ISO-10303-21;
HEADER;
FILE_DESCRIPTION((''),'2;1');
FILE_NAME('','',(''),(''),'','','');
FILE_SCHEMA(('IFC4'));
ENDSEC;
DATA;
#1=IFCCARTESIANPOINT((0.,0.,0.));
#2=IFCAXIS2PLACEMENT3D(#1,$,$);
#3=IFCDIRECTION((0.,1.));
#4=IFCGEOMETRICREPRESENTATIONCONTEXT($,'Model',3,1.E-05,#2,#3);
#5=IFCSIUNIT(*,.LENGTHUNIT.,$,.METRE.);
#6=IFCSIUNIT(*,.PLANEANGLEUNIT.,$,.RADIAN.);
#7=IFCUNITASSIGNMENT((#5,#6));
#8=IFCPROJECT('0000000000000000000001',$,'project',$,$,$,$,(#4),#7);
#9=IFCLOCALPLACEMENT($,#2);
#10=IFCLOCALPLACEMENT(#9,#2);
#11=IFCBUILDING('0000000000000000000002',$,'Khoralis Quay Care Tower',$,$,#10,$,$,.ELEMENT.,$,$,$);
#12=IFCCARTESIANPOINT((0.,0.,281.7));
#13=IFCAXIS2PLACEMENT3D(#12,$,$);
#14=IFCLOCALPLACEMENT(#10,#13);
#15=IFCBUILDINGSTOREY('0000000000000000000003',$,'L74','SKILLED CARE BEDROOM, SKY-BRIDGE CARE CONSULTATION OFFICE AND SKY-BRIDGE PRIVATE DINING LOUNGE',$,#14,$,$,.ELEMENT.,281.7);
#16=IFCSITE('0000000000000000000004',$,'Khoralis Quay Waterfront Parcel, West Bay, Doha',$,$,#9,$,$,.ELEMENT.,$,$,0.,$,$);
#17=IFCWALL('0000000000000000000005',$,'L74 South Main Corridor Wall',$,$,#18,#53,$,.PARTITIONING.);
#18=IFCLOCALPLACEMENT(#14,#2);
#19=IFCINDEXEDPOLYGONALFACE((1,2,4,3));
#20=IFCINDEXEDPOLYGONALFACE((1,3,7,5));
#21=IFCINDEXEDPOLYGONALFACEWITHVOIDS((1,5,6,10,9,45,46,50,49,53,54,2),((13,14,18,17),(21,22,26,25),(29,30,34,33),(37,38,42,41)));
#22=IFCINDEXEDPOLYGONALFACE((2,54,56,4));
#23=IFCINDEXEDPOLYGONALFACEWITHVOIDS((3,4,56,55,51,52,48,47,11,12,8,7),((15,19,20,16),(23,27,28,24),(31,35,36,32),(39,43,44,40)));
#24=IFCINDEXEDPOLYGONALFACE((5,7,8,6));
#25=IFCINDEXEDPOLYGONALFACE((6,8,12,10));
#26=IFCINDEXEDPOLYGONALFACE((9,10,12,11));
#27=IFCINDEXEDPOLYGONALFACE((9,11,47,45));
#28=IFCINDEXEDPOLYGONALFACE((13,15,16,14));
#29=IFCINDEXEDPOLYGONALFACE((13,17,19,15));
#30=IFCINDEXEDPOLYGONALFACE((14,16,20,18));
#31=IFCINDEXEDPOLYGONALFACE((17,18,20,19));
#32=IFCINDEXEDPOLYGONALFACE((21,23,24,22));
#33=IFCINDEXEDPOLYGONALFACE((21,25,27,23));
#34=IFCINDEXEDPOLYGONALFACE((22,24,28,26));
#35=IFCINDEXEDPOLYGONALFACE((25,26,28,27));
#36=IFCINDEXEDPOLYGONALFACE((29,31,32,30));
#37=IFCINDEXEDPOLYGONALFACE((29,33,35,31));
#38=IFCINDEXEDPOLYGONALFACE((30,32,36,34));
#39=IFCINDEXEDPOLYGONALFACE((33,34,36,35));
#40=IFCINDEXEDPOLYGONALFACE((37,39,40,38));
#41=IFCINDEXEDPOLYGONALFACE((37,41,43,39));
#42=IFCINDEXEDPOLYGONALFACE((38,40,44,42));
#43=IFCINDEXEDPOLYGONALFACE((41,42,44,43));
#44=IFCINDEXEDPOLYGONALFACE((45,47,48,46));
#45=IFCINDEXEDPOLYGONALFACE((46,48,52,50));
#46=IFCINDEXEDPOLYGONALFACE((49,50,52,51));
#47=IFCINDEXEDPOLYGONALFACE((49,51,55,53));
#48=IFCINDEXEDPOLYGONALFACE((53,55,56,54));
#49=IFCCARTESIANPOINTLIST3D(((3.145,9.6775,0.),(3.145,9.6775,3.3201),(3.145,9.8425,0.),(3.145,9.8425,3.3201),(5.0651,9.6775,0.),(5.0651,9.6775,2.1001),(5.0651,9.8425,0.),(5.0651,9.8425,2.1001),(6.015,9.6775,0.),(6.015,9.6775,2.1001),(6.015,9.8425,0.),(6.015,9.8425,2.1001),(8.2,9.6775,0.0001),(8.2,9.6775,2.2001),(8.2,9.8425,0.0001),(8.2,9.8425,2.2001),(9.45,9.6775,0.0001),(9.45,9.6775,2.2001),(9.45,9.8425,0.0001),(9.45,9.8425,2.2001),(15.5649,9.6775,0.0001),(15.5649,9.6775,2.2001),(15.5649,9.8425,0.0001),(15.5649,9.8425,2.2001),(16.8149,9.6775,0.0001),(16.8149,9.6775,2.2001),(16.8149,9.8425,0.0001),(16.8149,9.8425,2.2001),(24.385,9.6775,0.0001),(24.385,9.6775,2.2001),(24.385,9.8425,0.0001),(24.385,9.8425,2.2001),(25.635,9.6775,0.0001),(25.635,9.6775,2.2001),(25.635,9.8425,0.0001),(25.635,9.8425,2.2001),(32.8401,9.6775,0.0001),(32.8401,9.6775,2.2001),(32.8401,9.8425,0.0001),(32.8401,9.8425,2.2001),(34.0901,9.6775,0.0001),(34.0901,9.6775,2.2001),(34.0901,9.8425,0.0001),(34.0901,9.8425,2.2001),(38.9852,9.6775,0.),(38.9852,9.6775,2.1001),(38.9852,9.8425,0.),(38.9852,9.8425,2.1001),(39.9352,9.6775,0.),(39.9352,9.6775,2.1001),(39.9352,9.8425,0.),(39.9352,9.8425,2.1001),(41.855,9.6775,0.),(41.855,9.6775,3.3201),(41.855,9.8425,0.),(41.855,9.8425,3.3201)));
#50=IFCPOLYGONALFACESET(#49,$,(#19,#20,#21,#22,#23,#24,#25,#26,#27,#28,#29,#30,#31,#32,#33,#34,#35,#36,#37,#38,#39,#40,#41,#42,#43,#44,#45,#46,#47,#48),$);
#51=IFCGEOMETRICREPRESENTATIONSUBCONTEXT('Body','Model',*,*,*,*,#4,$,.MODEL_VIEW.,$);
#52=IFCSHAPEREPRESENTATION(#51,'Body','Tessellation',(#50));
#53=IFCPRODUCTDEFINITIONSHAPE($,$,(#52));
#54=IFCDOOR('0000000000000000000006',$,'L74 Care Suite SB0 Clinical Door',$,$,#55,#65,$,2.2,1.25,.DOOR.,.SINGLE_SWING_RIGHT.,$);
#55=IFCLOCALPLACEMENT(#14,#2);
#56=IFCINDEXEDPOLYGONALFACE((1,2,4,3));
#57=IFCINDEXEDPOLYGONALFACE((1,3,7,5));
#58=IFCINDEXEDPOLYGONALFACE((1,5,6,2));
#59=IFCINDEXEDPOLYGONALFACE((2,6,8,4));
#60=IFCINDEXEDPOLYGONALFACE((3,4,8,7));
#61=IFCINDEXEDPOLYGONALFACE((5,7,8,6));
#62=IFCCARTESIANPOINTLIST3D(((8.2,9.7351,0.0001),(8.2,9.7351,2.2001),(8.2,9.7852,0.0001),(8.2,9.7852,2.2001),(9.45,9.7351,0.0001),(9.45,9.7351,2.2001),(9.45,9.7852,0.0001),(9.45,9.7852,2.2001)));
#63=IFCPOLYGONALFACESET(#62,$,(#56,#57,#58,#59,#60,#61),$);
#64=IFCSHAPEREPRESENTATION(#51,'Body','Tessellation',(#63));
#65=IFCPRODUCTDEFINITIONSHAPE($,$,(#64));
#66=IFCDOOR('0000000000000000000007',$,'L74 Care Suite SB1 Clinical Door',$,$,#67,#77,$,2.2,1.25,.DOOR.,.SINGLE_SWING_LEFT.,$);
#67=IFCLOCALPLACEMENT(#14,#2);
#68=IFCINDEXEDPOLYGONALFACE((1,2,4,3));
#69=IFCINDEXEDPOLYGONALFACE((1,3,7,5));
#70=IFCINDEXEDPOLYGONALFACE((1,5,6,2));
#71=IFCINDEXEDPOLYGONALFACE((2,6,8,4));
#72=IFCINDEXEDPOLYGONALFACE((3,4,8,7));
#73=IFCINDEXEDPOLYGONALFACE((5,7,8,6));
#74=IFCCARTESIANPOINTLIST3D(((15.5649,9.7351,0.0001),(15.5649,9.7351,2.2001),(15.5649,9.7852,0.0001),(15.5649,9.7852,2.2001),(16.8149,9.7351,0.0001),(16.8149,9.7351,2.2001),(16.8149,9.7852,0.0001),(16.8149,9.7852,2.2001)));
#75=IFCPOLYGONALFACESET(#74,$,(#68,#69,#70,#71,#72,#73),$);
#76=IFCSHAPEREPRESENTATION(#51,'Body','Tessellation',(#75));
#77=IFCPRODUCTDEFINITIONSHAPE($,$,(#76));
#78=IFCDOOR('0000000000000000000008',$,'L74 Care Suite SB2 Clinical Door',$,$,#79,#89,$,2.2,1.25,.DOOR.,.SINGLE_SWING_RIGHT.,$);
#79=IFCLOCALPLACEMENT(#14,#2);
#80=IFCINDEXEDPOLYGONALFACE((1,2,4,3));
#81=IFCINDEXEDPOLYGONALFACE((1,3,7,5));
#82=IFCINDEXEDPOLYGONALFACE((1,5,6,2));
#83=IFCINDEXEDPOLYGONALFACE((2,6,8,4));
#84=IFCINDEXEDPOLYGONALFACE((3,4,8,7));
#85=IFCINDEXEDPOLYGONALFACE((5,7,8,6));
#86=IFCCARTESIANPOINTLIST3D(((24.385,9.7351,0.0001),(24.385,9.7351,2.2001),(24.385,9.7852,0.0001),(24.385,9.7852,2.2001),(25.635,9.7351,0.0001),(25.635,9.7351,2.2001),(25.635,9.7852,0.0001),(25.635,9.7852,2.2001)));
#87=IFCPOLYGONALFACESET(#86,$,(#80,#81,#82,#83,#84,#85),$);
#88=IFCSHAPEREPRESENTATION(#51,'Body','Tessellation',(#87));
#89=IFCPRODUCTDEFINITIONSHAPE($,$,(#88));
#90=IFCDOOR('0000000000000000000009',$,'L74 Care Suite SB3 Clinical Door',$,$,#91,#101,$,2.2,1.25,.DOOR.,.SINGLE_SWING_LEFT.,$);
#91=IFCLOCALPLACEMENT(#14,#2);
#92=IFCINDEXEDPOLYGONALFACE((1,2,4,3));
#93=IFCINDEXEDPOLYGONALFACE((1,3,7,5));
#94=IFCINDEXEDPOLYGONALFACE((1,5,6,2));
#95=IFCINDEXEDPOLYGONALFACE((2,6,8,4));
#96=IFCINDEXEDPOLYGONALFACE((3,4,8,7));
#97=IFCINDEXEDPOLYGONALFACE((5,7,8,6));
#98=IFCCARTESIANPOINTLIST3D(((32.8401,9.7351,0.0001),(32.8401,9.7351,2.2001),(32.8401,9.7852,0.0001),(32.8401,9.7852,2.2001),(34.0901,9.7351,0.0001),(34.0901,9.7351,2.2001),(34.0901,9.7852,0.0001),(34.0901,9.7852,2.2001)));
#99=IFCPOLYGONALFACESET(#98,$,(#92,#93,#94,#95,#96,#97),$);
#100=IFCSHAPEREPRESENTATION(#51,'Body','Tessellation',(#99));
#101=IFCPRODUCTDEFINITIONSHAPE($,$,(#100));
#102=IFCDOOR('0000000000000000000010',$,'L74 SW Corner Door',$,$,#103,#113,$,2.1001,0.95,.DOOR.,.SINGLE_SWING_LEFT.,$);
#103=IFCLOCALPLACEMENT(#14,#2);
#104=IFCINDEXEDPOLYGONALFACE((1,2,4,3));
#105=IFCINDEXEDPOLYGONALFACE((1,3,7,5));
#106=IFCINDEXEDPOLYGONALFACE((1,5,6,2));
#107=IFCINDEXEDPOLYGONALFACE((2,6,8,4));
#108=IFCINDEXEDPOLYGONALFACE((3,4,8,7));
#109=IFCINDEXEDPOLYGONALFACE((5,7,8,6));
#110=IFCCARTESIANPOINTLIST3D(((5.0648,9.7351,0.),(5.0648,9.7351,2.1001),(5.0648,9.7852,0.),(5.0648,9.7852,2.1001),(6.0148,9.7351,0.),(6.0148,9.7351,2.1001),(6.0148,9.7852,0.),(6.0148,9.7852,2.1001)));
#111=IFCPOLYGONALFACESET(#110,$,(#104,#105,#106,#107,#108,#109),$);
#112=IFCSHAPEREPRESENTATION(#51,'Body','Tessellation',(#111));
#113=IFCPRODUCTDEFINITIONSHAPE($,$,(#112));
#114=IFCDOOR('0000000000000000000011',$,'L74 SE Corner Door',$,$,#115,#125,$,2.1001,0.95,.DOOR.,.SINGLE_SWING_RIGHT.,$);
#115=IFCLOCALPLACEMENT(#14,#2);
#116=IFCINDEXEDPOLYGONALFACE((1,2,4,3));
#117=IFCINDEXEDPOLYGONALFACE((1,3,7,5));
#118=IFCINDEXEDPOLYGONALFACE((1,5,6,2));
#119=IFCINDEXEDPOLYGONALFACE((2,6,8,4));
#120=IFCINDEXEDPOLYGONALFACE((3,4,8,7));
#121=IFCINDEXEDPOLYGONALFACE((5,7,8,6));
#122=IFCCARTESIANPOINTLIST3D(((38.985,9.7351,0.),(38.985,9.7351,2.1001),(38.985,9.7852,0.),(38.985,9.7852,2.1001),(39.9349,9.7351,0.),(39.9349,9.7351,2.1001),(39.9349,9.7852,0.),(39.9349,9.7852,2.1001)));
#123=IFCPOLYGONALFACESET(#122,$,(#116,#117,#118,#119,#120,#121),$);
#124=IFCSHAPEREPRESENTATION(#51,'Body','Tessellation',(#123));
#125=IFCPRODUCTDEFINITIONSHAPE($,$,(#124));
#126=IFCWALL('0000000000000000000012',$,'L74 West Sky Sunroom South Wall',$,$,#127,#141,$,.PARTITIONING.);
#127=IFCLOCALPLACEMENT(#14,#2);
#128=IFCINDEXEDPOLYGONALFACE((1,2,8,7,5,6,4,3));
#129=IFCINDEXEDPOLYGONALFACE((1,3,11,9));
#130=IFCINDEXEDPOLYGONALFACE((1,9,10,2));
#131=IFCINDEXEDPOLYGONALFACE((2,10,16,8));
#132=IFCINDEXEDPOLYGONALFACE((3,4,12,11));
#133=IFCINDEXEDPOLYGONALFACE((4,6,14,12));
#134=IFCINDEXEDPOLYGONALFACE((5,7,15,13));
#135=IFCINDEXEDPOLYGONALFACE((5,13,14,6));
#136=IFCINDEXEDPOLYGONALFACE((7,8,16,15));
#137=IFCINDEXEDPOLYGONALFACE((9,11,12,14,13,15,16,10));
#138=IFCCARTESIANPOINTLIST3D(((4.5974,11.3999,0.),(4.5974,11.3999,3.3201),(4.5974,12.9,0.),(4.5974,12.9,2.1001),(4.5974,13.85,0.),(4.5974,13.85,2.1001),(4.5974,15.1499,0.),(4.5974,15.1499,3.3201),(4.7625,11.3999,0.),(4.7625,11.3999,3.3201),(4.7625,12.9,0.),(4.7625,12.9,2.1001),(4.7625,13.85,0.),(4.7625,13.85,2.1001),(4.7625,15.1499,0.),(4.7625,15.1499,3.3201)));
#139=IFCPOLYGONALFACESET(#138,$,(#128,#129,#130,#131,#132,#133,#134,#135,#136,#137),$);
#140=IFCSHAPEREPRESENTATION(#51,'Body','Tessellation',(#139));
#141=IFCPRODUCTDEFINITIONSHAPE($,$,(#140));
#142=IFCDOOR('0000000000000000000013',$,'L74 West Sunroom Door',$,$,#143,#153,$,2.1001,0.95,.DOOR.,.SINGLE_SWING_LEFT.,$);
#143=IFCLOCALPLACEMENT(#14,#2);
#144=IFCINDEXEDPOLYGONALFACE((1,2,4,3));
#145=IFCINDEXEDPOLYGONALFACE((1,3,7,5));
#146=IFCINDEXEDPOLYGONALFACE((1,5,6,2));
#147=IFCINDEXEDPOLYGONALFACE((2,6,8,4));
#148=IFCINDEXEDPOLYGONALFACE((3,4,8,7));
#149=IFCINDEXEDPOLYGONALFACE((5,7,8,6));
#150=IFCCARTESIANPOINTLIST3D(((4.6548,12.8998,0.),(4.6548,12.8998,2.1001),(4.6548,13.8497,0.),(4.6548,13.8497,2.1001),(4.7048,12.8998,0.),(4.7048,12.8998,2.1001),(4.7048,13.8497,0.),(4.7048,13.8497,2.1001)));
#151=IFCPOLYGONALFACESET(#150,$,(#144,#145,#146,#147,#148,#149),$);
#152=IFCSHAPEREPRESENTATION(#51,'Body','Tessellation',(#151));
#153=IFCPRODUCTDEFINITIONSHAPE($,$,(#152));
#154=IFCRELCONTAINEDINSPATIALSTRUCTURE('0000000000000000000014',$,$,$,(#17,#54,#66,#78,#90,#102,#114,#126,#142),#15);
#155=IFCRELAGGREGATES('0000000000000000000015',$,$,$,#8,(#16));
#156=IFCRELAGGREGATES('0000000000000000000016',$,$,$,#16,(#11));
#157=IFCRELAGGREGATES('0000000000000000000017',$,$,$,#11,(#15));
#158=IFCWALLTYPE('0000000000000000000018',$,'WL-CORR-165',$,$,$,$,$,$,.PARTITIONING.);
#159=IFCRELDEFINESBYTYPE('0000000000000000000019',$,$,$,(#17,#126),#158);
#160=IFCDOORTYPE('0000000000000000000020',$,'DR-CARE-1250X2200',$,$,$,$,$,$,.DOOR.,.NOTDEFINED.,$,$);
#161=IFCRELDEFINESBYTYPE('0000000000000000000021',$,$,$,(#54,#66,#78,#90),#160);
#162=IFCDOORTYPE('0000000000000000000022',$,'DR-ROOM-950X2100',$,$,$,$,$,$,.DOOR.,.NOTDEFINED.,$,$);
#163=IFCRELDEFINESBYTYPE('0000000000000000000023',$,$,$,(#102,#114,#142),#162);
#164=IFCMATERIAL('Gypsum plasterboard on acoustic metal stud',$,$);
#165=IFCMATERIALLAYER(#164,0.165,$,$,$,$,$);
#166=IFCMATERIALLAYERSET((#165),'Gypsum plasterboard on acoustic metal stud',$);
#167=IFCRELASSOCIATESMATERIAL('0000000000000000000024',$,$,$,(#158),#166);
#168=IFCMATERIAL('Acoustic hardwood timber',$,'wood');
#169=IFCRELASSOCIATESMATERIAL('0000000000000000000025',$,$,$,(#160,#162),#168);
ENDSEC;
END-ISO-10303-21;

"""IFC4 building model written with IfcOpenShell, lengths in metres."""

from ifc_helpers import new_model, si_unit, direction, frame, frame_2d, origin, place, context, subcontext, project, spatial, rectangle, extrude, source, transform, mapped, material, layer, layer_set, type_object, element, fill, save


model = new_model("IFC4")

# Units and contexts
model_context = context("Model", 3, precision=1e-05, world=origin(), true_north=direction((0.0, 1.0)))
body_context = subcontext(model_context, "Body", "Model", "MODEL_VIEW")
ifc_project = project(units=[si_unit("LENGTHUNIT", "METRE"), si_unit("PLANEANGLEUNIT", "RADIAN")], contexts=[model_context])

# Site, building, storey
site_placement = place(None, origin())
site = spatial("IfcSite", under=ifc_project, at=site_placement, Name="Khoralis Quay Waterfront Parcel, West Bay, Doha", CompositionType="ELEMENT", RefElevation=0.0)
building_placement = place(site_placement, origin())
building = spatial("IfcBuilding", under=site, at=building_placement, Name="Khoralis Quay Care Tower", CompositionType="ELEMENT")
storey_placement = place(building_placement, frame((0.0, 0.0, 281.7)))
storey = spatial("IfcBuildingStorey", under=building, at=storey_placement, Name="L74", Description="SKILLED CARE BEDROOM, SKY-BRIDGE CARE CONSULTATION OFFICE AND SKY-BRIDGE PRIVATE DINING LOUNGE", CompositionType="ELEMENT", Elevation=281.7)

# Wall, openings, doors
ifc_material_1 = material(Name="Gypsum plasterboard on acoustic metal stud")
ifc_layer_1 = layer(ifc_material_1, 0.165)
ifc_layer_set_1 = layer_set([ifc_layer_1], Name="Gypsum plasterboard on acoustic metal stud")
wall_type_1 = type_object("IfcWallType", Name="WL-CORR-165", PredefinedType="PARTITIONING", material=ifc_layer_set_1)
wall_1_placement = place(storey_placement, frame((3.145, 9.76, 0.0), z_axis=(0.0, 0.0, 1.0), x_axis=(1.0, 0.0, 0.0)))
wall_1 = element("IfcWall", 1, at=wall_1_placement, inside=storey, type_object=wall_type_1, Name="L74 South Main Corridor Wall", PredefinedType="PARTITIONING", context=body_context, shape_type="SweptSolid", body=[
    extrude(rectangle(XDim=38.71, YDim=0.165, at=frame_2d((19.355, 0.0))), origin(), (0.0, 0.0, 1.0), 3.3201),
])
opening_1_placement = place(wall_1_placement, frame((5.0549, 0.0, 0.0)))
opening_1 = element("IfcOpeningElement", 2, at=opening_1_placement, cuts=wall_1, PredefinedType="OPENING", context=body_context, shape_type="SweptSolid", body=[
    extrude(rectangle(XDim=1.25, YDim=2.2, at=frame_2d((0.625, 1.1001))), frame((0.0, 0.0925, 0.0), z_axis=(0.0, -1.0, 0.0), x_axis=(1.0, 0.0, 0.0)), (0.0, 0.0, 1.0), 0.1851),
])
opening_2_placement = place(wall_1_placement, frame((12.4199, 0.0, 0.0)))
opening_2 = element("IfcOpeningElement", 3, at=opening_2_placement, cuts=wall_1, PredefinedType="OPENING", context=body_context, shape_type="SweptSolid", body=[
    extrude(rectangle(XDim=1.25, YDim=2.2, at=frame_2d((0.625, 1.1001))), frame((0.0, 0.0925, 0.0), z_axis=(0.0, -1.0, 0.0), x_axis=(1.0, 0.0, 0.0)), (0.0, 0.0, 1.0), 0.1851),
])
opening_3_placement = place(wall_1_placement, frame((21.24, 0.0, 0.0)))
opening_3 = element("IfcOpeningElement", 4, at=opening_3_placement, cuts=wall_1, PredefinedType="OPENING", context=body_context, shape_type="SweptSolid", body=[
    extrude(rectangle(XDim=1.25, YDim=2.2, at=frame_2d((0.625, 1.1001))), frame((0.0, 0.0925, 0.0), z_axis=(0.0, -1.0, 0.0), x_axis=(1.0, 0.0, 0.0)), (0.0, 0.0, 1.0), 0.1851),
])
opening_4_placement = place(wall_1_placement, frame((29.6951, 0.0, 0.0)))
opening_4 = element("IfcOpeningElement", 5, at=opening_4_placement, cuts=wall_1, PredefinedType="OPENING", context=body_context, shape_type="SweptSolid", body=[
    extrude(rectangle(XDim=1.25, YDim=2.2, at=frame_2d((0.625, 1.1001))), frame((0.0, 0.0925, 0.0), z_axis=(0.0, -1.0, 0.0), x_axis=(1.0, 0.0, 0.0)), (0.0, 0.0, 1.0), 0.1851),
])
opening_5_placement = place(wall_1_placement, frame((1.9199, 0.0, 0.0)))
opening_5 = element("IfcOpeningElement", 6, at=opening_5_placement, cuts=wall_1, PredefinedType="OPENING", context=body_context, shape_type="SweptSolid", body=[
    extrude(rectangle(XDim=0.95, YDim=2.1001, at=frame_2d((0.4751, 1.05))), frame((0.0, 0.0925, 0.0), z_axis=(0.0, -1.0, 0.0), x_axis=(1.0, 0.0, 0.0)), (0.0, 0.0, 1.0), 0.1851),
])
opening_6_placement = place(wall_1_placement, frame((35.8401, 0.0, 0.0)))
opening_6 = element("IfcOpeningElement", 7, at=opening_6_placement, cuts=wall_1, PredefinedType="OPENING", context=body_context, shape_type="SweptSolid", body=[
    extrude(rectangle(XDim=0.95, YDim=2.1001, at=frame_2d((0.4751, 1.05))), frame((0.0, 0.0925, 0.0), z_axis=(0.0, -1.0, 0.0), x_axis=(1.0, 0.0, 0.0)), (0.0, 0.0, 1.0), 0.1851),
])
ifc_material_2 = material(Name="Acoustic hardwood timber", Category="wood")
door_type_1 = type_object("IfcDoorType", Name="DR-CARE-1250X2200", OperationType="NOTDEFINED", PredefinedType="DOOR", material=ifc_material_2)
shared_shape_1 = source(origin(), body_context, "Body", "SweptSolid", [
    extrude(rectangle(XDim=1.25, YDim=2.2, at=frame_2d((0.625, 1.1001))), frame((0.0, 0.0249, 0.0), z_axis=(0.0, -1.0, 0.0), x_axis=(1.0, 0.0, 0.0)), (0.0, 0.0, 1.0), 0.05),
])
door_1_placement = place(opening_1_placement, frame((1.25, 0.0, 0.0), z_axis=(0.0, 0.0, 1.0), x_axis=(-1.0, 0.0, 0.0)))
door_1 = element("IfcDoor", 8, at=door_1_placement, inside=storey, type_object=door_type_1, Name="L74 Care Suite SB0 Clinical Door", OperationType="SINGLE_SWING_RIGHT", OverallHeight=2.2, OverallWidth=1.25, PredefinedType="DOOR", context=body_context, shape_type="MappedRepresentation", body=[
    mapped(shared_shape_1, transform((0.0, 0.0, 0.0), scale=1.0)),
])
fill(opening_1, door_1)
door_2_placement = place(opening_2_placement, frame((1.25, 0.0, 0.0), z_axis=(0.0, 0.0, 1.0), x_axis=(-1.0, 0.0, 0.0)))
door_2 = element("IfcDoor", 9, at=door_2_placement, inside=storey, type_object=door_type_1, Name="L74 Care Suite SB1 Clinical Door", OperationType="SINGLE_SWING_LEFT", OverallHeight=2.2, OverallWidth=1.25, PredefinedType="DOOR", context=body_context, shape_type="MappedRepresentation", body=[
    mapped(shared_shape_1, transform((0.0, 0.0, 0.0), scale=1.0)),
])
fill(opening_2, door_2)
door_3_placement = place(opening_3_placement, frame((1.25, 0.0, 0.0), z_axis=(0.0, 0.0, 1.0), x_axis=(-1.0, 0.0, 0.0)))
door_3 = element("IfcDoor", 10, at=door_3_placement, inside=storey, type_object=door_type_1, Name="L74 Care Suite SB2 Clinical Door", OperationType="SINGLE_SWING_RIGHT", OverallHeight=2.2, OverallWidth=1.25, PredefinedType="DOOR", context=body_context, shape_type="MappedRepresentation", body=[
    mapped(shared_shape_1, transform((0.0, 0.0, 0.0), scale=1.0)),
])
fill(opening_3, door_3)
door_4_placement = place(opening_4_placement, frame((1.25, 0.0, 0.0), z_axis=(0.0, 0.0, 1.0), x_axis=(-1.0, 0.0, 0.0)))
door_4 = element("IfcDoor", 11, at=door_4_placement, inside=storey, type_object=door_type_1, Name="L74 Care Suite SB3 Clinical Door", OperationType="SINGLE_SWING_LEFT", OverallHeight=2.2, OverallWidth=1.25, PredefinedType="DOOR", context=body_context, shape_type="MappedRepresentation", body=[
    mapped(shared_shape_1, transform((0.0, 0.0, 0.0), scale=1.0)),
])
fill(opening_4, door_4)
door_type_2 = type_object("IfcDoorType", Name="DR-ROOM-950X2100", OperationType="NOTDEFINED", PredefinedType="DOOR", material=ifc_material_2)
shared_shape_2 = source(origin(), body_context, "Body", "SweptSolid", [
    extrude(rectangle(XDim=0.95, YDim=2.1001, at=frame_2d((0.4751, 1.05))), frame((0.0, 0.0249, 0.0), z_axis=(0.0, -1.0, 0.0), x_axis=(1.0, 0.0, 0.0)), (0.0, 0.0, 1.0), 0.05),
])
door_5_placement = place(opening_5_placement, frame((0.95, 0.0, 0.0), z_axis=(0.0, 0.0, 1.0), x_axis=(-1.0, 0.0, 0.0)))
door_5 = element("IfcDoor", 12, at=door_5_placement, inside=storey, type_object=door_type_2, Name="L74 SW Corner Door", OperationType="SINGLE_SWING_LEFT", OverallHeight=2.1001, OverallWidth=0.95, PredefinedType="DOOR", context=body_context, shape_type="MappedRepresentation", body=[
    mapped(shared_shape_2, transform((0.0, 0.0, 0.0), scale=1.0)),
])
fill(opening_5, door_5)
door_6_placement = place(opening_6_placement, frame((0.95, 0.0, 0.0), z_axis=(0.0, 0.0, 1.0), x_axis=(-1.0, 0.0, 0.0)))
door_6 = element("IfcDoor", 13, at=door_6_placement, inside=storey, type_object=door_type_2, Name="L74 SE Corner Door", OperationType="SINGLE_SWING_RIGHT", OverallHeight=2.1001, OverallWidth=0.95, PredefinedType="DOOR", context=body_context, shape_type="MappedRepresentation", body=[
    mapped(shared_shape_2, transform((0.0, 0.0, 0.0), scale=1.0)),
])
fill(opening_6, door_6)

# Wall, opening, door
wall_2_placement = place(storey_placement, frame((4.6799, 11.3999, 0.0), z_axis=(0.0, 0.0, 1.0), x_axis=(0.0, 1.0, 0.0)))
wall_2 = element("IfcWall", 14, at=wall_2_placement, inside=storey, type_object=wall_type_1, Name="L74 West Sky Sunroom South Wall", PredefinedType="PARTITIONING", context=body_context, shape_type="SweptSolid", body=[
    extrude(rectangle(XDim=3.75, YDim=0.165, at=frame_2d((1.875, 0.0))), origin(), (0.0, 0.0, 1.0), 3.3201),
])
opening_7_placement = place(wall_2_placement, frame((1.5, 0.0, 0.0)))
opening_7 = element("IfcOpeningElement", 15, at=opening_7_placement, cuts=wall_2, PredefinedType="OPENING", context=body_context, shape_type="SweptSolid", body=[
    extrude(rectangle(XDim=0.95, YDim=2.1001, at=frame_2d((0.4751, 1.05))), frame((0.0, 0.0925, 0.0), z_axis=(0.0, -1.0, 0.0), x_axis=(1.0, 0.0, 0.0)), (0.0, 0.0, 1.0), 0.1851),
])
door_7_placement = place(opening_7_placement, frame((0.95, 0.0, 0.0), z_axis=(0.0, 0.0, 1.0), x_axis=(-1.0, 0.0, 0.0)))
door_7 = element("IfcDoor", 16, at=door_7_placement, inside=storey, type_object=door_type_2, Name="L74 West Sunroom Door", OperationType="SINGLE_SWING_LEFT", OverallHeight=2.1001, OverallWidth=0.95, PredefinedType="DOOR", context=body_context, shape_type="MappedRepresentation", body=[
    mapped(shared_shape_2, transform((0.0, 0.0, 0.0), scale=1.0)),
])
fill(opening_7, door_7)

save(model, "model.ifc")
